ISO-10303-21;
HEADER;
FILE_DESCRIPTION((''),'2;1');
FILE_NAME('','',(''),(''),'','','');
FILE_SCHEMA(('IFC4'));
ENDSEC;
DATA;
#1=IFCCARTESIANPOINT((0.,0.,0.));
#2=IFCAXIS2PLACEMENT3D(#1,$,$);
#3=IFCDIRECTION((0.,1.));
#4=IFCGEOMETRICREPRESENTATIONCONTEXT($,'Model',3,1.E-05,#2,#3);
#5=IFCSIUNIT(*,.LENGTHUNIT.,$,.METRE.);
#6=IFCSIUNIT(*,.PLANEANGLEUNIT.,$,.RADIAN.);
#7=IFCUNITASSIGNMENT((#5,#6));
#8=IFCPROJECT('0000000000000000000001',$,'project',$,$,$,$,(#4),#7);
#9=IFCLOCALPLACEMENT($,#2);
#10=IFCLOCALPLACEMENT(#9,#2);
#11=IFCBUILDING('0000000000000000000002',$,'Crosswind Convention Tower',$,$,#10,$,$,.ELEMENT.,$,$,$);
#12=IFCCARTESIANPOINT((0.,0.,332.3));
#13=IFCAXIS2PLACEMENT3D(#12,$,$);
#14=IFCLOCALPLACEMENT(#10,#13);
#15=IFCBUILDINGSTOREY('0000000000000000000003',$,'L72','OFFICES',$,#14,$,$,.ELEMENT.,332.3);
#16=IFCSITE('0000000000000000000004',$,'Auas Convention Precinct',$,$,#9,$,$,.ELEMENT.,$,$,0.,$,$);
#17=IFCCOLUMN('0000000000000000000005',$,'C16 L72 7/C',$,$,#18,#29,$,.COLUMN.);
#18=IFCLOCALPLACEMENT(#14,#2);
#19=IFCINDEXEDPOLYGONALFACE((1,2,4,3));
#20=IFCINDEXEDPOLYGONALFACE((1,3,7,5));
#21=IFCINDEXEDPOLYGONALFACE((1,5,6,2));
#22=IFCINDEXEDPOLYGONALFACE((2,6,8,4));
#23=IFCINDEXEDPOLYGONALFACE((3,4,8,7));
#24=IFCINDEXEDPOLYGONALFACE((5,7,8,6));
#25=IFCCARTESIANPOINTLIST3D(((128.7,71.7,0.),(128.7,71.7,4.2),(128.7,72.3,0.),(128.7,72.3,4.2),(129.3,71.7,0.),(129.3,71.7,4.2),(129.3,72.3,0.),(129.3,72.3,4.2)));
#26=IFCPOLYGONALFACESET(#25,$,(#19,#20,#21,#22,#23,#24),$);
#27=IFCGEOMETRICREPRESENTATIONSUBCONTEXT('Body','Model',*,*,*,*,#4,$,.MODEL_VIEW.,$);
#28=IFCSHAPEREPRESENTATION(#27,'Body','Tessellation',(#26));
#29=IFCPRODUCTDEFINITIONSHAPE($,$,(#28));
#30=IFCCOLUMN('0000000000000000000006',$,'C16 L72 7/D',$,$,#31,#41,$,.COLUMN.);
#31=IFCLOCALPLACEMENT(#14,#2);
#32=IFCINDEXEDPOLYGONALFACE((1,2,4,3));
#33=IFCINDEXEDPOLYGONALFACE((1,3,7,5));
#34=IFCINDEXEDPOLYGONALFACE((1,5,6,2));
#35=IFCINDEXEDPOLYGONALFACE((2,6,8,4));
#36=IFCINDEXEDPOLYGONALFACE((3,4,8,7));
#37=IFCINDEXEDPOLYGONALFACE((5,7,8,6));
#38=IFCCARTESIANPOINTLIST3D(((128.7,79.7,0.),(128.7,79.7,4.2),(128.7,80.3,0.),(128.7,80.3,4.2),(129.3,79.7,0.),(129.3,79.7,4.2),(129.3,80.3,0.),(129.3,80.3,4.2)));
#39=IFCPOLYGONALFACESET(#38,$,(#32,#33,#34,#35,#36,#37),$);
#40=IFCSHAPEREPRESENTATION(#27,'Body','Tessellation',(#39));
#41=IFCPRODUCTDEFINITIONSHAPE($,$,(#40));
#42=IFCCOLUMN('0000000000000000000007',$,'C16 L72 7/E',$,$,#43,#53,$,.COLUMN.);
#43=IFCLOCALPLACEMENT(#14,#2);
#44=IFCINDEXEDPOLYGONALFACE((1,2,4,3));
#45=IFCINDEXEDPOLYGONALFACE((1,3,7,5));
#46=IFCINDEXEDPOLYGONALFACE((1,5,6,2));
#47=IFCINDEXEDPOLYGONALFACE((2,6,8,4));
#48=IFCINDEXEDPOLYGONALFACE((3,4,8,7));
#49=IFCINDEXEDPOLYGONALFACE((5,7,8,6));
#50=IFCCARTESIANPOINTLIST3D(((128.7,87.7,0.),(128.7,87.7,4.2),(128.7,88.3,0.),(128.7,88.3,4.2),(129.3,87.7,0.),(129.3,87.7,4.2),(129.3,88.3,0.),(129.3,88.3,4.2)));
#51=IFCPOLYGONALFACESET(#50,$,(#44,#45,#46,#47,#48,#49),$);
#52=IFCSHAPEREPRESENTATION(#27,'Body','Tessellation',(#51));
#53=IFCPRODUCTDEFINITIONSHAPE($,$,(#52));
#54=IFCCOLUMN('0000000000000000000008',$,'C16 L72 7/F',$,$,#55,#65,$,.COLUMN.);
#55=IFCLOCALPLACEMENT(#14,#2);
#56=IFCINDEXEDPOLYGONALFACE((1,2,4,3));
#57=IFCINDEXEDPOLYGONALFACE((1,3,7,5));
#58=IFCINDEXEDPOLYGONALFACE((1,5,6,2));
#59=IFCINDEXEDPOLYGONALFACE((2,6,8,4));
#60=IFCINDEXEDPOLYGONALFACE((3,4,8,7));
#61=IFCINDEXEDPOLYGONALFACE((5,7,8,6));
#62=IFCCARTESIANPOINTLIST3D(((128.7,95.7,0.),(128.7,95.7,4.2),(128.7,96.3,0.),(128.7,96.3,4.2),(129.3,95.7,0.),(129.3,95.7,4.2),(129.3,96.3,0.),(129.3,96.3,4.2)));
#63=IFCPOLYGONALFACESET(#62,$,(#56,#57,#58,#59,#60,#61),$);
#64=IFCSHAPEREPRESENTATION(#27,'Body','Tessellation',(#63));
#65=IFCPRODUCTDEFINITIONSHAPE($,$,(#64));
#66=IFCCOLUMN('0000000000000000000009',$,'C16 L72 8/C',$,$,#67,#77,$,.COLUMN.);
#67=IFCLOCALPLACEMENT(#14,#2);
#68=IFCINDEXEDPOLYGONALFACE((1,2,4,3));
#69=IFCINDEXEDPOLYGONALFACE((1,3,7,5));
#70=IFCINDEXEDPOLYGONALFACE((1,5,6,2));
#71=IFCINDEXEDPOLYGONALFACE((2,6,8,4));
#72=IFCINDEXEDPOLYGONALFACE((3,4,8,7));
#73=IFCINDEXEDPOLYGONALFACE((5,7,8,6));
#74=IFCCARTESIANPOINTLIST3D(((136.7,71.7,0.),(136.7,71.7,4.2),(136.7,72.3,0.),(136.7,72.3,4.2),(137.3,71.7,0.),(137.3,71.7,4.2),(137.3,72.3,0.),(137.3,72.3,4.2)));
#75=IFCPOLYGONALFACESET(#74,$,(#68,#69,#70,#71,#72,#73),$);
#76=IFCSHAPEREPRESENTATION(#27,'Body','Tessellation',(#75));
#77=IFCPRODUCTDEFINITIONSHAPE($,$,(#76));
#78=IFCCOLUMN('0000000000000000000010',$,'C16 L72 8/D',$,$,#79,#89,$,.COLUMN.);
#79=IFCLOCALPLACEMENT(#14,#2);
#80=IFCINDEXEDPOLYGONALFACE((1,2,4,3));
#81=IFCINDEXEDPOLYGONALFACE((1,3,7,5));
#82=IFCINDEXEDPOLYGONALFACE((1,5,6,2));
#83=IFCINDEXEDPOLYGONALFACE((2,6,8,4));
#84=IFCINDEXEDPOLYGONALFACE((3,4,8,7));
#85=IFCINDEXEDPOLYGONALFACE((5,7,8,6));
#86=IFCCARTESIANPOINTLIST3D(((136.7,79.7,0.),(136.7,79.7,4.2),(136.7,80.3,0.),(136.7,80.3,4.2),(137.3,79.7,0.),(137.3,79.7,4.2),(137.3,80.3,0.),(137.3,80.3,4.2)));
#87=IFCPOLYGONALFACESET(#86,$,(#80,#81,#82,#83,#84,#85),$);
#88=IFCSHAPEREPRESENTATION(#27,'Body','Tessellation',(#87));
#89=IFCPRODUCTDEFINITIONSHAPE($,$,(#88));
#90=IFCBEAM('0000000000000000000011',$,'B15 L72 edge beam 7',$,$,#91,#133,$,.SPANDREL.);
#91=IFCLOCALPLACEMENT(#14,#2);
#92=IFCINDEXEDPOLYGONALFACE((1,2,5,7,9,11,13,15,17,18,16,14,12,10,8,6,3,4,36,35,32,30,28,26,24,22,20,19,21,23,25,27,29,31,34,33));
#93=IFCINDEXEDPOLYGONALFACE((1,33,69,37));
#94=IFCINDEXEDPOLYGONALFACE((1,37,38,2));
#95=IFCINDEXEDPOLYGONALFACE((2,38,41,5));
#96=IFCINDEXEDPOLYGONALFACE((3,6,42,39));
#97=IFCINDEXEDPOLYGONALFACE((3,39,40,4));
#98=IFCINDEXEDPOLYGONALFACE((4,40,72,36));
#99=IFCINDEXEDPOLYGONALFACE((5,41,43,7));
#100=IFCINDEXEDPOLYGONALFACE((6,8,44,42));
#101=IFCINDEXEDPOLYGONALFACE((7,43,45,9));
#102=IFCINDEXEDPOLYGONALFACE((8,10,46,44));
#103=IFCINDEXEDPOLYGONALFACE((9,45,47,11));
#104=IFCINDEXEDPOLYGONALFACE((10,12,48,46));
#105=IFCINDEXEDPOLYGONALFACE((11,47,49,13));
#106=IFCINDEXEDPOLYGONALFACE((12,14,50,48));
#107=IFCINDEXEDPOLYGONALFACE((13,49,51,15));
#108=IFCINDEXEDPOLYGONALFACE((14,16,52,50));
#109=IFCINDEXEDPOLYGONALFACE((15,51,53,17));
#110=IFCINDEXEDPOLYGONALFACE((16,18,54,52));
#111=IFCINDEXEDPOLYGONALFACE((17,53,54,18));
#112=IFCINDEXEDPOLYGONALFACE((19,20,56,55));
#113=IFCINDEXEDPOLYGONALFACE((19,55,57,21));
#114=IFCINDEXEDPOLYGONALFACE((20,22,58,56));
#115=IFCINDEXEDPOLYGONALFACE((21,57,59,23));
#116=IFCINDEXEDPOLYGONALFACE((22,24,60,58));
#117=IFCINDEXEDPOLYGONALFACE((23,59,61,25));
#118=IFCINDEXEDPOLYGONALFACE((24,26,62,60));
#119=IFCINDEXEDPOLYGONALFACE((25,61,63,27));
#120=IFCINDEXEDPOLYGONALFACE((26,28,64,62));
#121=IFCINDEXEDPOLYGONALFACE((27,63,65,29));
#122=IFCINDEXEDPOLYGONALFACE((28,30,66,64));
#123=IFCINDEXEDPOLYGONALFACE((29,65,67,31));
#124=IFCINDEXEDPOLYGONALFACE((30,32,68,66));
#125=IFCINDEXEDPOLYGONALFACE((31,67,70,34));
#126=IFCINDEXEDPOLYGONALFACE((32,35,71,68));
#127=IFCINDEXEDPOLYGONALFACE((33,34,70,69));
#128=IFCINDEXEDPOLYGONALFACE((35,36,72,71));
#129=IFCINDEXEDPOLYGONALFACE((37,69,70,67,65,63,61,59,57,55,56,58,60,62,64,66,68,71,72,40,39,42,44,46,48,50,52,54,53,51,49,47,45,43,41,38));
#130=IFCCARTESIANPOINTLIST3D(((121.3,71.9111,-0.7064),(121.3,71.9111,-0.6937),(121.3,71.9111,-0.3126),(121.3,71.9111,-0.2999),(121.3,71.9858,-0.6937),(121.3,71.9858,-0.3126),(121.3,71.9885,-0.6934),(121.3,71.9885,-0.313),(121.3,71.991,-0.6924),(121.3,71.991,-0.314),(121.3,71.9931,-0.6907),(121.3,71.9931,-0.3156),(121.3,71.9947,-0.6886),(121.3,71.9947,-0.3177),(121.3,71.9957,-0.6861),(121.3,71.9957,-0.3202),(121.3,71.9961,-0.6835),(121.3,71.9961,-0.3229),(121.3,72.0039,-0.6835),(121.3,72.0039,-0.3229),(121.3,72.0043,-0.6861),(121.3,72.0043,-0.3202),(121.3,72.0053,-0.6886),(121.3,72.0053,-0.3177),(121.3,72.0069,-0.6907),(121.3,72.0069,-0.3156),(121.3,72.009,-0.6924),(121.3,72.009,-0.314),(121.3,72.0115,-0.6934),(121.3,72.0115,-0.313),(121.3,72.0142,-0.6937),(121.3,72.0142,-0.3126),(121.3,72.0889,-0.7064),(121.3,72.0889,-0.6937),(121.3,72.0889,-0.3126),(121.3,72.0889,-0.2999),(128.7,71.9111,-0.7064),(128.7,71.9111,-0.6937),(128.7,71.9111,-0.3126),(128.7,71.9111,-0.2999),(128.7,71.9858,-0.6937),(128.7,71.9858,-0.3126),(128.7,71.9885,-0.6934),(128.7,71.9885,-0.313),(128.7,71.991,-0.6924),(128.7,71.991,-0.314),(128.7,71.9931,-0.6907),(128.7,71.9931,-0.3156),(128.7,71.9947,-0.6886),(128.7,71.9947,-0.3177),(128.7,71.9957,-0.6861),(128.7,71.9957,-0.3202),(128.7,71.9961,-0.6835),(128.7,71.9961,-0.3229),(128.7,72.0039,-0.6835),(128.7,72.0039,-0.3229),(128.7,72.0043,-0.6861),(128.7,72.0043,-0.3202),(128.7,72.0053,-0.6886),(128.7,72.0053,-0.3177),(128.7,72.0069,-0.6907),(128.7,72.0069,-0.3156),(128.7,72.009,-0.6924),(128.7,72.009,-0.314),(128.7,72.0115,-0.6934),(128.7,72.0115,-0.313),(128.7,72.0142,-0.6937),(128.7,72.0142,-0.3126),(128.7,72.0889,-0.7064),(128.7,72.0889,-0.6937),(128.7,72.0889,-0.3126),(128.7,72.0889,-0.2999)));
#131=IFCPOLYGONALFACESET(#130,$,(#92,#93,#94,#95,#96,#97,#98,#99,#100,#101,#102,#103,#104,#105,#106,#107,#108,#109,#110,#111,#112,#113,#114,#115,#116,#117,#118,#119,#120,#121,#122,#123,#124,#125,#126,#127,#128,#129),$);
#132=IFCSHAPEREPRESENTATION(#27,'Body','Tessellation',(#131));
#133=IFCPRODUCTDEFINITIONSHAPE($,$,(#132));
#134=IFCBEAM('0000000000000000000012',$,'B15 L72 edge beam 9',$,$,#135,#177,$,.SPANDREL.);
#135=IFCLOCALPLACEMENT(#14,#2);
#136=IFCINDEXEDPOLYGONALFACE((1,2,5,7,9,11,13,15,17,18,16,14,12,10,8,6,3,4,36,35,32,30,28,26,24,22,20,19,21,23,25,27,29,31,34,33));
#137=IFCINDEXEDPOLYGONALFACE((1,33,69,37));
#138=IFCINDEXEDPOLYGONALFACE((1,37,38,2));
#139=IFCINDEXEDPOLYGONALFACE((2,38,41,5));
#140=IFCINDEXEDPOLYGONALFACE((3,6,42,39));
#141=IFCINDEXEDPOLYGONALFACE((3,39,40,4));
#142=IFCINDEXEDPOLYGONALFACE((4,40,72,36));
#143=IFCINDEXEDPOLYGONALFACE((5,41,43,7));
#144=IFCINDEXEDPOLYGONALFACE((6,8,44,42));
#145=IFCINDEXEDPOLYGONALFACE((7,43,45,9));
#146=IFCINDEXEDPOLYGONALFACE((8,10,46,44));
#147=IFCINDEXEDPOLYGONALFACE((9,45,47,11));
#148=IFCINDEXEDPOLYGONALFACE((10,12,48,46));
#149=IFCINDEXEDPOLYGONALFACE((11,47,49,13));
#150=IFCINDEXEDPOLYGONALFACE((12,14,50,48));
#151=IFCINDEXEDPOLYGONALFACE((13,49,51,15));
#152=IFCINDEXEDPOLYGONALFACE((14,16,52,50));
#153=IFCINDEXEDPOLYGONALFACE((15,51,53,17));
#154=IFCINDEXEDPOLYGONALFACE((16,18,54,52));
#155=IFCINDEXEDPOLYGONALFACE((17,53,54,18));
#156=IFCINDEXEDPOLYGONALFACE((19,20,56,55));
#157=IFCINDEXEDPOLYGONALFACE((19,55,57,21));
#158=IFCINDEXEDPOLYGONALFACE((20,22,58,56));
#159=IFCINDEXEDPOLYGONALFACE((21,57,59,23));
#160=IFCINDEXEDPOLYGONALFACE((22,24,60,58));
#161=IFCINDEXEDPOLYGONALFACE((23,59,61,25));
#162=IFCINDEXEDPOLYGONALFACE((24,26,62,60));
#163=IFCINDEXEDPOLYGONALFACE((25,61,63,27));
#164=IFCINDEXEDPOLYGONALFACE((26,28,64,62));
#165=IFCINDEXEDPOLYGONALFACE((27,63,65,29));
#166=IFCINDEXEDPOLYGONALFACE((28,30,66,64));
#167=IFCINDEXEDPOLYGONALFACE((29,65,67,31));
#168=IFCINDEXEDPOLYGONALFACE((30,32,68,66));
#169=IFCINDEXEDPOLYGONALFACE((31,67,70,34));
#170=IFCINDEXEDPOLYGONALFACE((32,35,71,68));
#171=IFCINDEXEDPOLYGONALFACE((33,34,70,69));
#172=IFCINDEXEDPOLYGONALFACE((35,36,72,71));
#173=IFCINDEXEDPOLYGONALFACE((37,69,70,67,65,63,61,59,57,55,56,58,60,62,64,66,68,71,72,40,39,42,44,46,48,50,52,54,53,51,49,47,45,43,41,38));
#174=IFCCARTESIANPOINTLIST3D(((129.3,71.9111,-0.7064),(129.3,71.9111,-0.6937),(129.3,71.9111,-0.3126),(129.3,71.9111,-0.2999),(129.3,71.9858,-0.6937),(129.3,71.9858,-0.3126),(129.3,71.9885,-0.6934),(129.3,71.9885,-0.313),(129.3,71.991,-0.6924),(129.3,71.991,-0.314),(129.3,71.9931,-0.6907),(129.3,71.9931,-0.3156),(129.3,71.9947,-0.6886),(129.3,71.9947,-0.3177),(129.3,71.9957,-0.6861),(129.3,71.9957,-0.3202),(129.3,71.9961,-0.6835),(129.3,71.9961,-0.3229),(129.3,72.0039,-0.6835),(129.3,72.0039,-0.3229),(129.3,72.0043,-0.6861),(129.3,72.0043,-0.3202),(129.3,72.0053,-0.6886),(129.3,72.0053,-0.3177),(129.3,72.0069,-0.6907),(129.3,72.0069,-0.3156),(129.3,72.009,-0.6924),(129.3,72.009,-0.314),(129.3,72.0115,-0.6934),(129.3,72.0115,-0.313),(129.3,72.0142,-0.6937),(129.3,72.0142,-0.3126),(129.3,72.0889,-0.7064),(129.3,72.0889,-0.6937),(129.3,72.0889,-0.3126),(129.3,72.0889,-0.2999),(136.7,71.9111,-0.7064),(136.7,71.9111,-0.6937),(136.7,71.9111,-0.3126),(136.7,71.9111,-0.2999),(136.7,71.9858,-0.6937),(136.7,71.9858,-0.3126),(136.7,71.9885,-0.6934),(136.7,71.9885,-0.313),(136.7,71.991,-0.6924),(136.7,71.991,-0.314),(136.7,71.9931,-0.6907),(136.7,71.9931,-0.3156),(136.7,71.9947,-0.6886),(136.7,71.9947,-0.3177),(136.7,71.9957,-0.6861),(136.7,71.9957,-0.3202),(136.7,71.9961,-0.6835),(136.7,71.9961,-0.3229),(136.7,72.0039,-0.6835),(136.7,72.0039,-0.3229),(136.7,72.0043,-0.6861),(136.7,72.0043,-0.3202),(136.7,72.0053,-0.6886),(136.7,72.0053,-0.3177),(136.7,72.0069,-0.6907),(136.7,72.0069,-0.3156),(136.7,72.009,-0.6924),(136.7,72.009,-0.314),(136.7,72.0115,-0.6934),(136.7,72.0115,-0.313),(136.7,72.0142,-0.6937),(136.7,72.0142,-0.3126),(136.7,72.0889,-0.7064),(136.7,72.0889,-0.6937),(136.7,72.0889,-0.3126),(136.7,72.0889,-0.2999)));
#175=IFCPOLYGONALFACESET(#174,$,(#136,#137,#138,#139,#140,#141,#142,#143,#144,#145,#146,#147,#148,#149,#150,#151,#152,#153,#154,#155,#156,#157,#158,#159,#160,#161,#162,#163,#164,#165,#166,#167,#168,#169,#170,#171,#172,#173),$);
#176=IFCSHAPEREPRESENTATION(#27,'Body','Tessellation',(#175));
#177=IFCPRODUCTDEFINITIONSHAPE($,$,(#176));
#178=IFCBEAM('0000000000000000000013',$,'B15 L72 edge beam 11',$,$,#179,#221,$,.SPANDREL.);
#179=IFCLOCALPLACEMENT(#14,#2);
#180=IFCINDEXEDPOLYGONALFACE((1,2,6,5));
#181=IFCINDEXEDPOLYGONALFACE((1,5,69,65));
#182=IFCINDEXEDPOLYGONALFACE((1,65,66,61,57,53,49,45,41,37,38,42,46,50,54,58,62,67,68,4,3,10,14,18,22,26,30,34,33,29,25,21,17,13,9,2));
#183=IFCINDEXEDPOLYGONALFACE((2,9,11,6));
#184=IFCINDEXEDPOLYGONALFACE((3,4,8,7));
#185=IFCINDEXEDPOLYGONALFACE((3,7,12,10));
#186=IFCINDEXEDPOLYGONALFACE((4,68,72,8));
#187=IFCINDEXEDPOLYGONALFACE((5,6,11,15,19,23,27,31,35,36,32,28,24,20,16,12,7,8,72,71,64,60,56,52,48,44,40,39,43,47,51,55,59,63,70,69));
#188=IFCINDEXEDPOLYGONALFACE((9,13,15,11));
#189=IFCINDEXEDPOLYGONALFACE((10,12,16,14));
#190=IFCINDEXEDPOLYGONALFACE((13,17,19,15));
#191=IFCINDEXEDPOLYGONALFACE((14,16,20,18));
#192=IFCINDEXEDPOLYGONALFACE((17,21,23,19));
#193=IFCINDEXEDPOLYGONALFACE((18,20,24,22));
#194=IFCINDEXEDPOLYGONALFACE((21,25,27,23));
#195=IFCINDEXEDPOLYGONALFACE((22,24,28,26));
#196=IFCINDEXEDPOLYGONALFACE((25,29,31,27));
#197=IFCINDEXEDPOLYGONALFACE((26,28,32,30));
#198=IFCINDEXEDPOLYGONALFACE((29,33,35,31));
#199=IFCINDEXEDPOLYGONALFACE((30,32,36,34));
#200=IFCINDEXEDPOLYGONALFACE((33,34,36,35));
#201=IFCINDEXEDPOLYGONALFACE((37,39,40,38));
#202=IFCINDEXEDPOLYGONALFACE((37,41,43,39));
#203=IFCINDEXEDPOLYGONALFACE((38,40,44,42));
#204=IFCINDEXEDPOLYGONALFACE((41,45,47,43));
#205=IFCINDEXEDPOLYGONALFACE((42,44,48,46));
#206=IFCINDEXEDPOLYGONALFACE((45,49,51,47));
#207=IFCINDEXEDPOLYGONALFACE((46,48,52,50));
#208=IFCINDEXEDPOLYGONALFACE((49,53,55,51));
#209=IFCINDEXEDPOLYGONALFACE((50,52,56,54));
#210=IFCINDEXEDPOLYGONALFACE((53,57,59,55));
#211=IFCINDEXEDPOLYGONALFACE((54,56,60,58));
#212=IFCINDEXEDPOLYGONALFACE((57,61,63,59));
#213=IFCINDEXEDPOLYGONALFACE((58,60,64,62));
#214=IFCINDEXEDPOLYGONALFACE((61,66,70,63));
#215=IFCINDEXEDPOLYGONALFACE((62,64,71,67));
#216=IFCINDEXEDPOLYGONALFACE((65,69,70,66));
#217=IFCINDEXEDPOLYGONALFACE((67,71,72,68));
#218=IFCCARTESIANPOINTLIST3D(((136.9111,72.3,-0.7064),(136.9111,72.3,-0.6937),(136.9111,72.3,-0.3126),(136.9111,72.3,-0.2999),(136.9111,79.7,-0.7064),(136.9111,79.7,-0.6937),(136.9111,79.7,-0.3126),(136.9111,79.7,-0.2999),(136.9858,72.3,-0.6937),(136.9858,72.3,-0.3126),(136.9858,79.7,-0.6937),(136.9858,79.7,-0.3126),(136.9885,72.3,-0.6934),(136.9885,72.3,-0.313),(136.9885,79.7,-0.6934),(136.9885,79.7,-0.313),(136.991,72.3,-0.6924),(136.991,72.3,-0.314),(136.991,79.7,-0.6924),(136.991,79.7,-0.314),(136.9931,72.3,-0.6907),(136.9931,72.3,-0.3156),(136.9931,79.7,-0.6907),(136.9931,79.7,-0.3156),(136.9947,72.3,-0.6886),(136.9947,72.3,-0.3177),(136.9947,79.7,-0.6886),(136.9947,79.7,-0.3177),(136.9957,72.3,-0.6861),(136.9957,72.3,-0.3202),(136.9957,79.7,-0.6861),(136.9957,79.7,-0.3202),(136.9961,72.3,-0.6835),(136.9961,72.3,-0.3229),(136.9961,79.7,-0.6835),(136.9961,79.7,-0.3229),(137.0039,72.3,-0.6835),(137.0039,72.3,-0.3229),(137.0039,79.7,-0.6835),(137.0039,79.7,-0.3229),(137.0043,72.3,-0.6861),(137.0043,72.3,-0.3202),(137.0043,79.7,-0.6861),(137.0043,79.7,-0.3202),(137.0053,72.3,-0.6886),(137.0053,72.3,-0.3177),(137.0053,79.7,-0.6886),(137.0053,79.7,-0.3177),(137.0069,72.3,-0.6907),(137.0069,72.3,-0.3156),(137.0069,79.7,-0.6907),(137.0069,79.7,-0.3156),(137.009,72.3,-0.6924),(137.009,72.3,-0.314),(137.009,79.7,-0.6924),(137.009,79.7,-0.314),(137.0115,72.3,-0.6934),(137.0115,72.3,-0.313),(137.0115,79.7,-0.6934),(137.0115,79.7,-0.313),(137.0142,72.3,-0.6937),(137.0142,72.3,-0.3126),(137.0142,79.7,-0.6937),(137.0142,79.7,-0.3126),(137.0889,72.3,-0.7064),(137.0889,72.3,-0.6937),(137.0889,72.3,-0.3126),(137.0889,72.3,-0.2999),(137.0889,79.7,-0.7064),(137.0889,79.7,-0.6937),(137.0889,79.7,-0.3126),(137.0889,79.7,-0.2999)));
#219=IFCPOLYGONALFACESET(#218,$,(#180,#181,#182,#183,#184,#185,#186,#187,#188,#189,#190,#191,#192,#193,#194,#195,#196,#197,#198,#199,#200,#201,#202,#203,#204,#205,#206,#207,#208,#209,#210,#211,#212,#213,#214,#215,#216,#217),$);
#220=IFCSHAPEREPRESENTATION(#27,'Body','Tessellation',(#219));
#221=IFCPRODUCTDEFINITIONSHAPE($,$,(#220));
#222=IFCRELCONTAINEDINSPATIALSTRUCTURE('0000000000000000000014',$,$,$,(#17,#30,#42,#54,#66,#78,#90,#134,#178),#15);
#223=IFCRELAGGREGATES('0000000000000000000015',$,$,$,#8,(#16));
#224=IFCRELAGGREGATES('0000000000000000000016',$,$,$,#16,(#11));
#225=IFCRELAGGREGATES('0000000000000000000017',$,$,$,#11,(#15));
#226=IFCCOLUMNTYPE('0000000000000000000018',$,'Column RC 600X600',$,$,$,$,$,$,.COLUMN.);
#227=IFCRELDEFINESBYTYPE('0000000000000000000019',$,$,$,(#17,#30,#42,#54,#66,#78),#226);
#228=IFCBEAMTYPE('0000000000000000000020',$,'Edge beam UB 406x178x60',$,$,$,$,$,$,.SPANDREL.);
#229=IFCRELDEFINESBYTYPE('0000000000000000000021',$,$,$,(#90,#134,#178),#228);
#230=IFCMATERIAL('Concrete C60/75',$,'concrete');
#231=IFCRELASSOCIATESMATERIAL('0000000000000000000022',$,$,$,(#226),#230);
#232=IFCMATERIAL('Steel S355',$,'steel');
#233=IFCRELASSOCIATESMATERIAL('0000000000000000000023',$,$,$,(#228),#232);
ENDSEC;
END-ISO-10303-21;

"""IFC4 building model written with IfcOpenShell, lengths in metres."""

from ifc_helpers import new_model, si_unit, direction, frame, origin, origin_2d, place, context, subcontext, project, spatial, rectangle, i_section, extrude, material, material_profile, profile_set, type_object, element, save


model = new_model("IFC4")

# Units and contexts
model_context = context("Model", 3, precision=1e-05, world=origin(), true_north=direction((0.0, 1.0)))
body_context = subcontext(model_context, "Body", "Model", "MODEL_VIEW")
ifc_project = project(units=[si_unit("LENGTHUNIT", "METRE"), si_unit("PLANEANGLEUNIT", "RADIAN")], contexts=[model_context])

# Site, building, storey
site_placement = place(None, origin())
site = spatial("IfcSite", under=ifc_project, at=site_placement, Name="Auas Convention Precinct", CompositionType="ELEMENT", RefElevation=0.0)
building_placement = place(site_placement, origin())
building = spatial("IfcBuilding", under=site, at=building_placement, Name="Crosswind Convention Tower", CompositionType="ELEMENT")
storey_placement = place(building_placement, frame((0.0, 0.0, 332.3)))
storey = spatial("IfcBuildingStorey", under=building, at=storey_placement, Name="L72", Description="OFFICES", CompositionType="ELEMENT", Elevation=332.3)

# Columns
ifc_material_1 = material(Name="Concrete C60/75", Category="concrete")
ifc_material_profile_1 = material_profile(ifc_material_1, rectangle(XDim=0.6001, YDim=0.6001, at=origin_2d()), Name="RC 600X600")
ifc_profile_set_1 = profile_set([ifc_material_profile_1], Name="Concrete C60/75")
column_type = type_object("IfcColumnType", Name="Column RC 600X600", PredefinedType="COLUMN", material=ifc_profile_set_1)
for number, where, z_axis, x_axis, name in (
    (1, (129.0, 72.0, 0.0), (0.0, 0.0, 1.0), (1.0, 0.0, 0.0), "C16 L72 7/C"),
    (2, (129.0, 80.0, 0.0), (0.0, 0.0, 1.0), (1.0, 0.0, 0.0), "C16 L72 7/D"),
    (3, (129.0, 88.0, 0.0), (0.0, 0.0, 1.0), (1.0, 0.0, 0.0), "C16 L72 7/E"),
    (4, (129.0, 96.0, 0.0), (0.0, 0.0, 1.0), (1.0, 0.0, 0.0), "C16 L72 7/F"),
    (5, (137.0, 72.0, 0.0), (0.0, 0.0, 1.0), (1.0, 0.0, 0.0), "C16 L72 8/C"),
    (6, (137.0, 80.0, 0.0), (0.0, 0.0, 1.0), (1.0, 0.0, 0.0), "C16 L72 8/D"),
):
    element("IfcColumn", number, at=place(storey_placement, frame(where, z_axis=z_axis, x_axis=x_axis)), inside=storey, type_object=column_type, Name=name, PredefinedType="COLUMN", context=body_context, shape_type="SweptSolid", body=[
        extrude(rectangle(XDim=0.6001, YDim=0.6001, at=origin_2d()), origin(), (0.0, 0.0, 1.0), 4.2),
    ])

# Beams
ifc_material_2 = material(Name="Steel S355", Category="steel")
ifc_material_profile_2 = material_profile(ifc_material_2, i_section(OverallWidth=0.1777, OverallDepth=0.4065, WebThickness=0.0078, FlangeThickness=0.0127, FilletRadius=0.0103, at=origin_2d()), Name="UB 406x178x60")
ifc_profile_set_2 = profile_set([ifc_material_profile_2], Name="Steel S355")
beam_type_1 = type_object("IfcBeamType", Name="Edge beam UB 406x178x60", PredefinedType="SPANDREL", material=ifc_profile_set_2)
for number, where, z_axis, x_axis, name in (
    (7, (121.3, 72.0, -0.5032), (1.0, 0.0, 0.0), (0.0, 1.0, 0.0), "B15 L72 edge beam 7"),
    (8, (129.3, 72.0, -0.5032), (1.0, 0.0, 0.0), (0.0, 1.0, 0.0), "B15 L72 edge beam 9"),
    (9, (137.0, 72.3, -0.5032), (0.0, 1.0, 0.0), (-1.0, 0.0, 0.0), "B15 L72 edge beam 11"),
):
    element("IfcBeam", number, at=place(storey_placement, frame(where, z_axis=z_axis, x_axis=x_axis)), inside=storey, type_object=beam_type_1, Name=name, PredefinedType="SPANDREL", context=body_context, shape_type="SweptSolid", body=[
        extrude(i_section(OverallWidth=0.1777, OverallDepth=0.4065, WebThickness=0.0078, FlangeThickness=0.0127, FilletRadius=0.0103, at=origin_2d()), origin(), (0.0, 0.0, 1.0), 7.3999),
    ])

save(model, "model.ifc")
